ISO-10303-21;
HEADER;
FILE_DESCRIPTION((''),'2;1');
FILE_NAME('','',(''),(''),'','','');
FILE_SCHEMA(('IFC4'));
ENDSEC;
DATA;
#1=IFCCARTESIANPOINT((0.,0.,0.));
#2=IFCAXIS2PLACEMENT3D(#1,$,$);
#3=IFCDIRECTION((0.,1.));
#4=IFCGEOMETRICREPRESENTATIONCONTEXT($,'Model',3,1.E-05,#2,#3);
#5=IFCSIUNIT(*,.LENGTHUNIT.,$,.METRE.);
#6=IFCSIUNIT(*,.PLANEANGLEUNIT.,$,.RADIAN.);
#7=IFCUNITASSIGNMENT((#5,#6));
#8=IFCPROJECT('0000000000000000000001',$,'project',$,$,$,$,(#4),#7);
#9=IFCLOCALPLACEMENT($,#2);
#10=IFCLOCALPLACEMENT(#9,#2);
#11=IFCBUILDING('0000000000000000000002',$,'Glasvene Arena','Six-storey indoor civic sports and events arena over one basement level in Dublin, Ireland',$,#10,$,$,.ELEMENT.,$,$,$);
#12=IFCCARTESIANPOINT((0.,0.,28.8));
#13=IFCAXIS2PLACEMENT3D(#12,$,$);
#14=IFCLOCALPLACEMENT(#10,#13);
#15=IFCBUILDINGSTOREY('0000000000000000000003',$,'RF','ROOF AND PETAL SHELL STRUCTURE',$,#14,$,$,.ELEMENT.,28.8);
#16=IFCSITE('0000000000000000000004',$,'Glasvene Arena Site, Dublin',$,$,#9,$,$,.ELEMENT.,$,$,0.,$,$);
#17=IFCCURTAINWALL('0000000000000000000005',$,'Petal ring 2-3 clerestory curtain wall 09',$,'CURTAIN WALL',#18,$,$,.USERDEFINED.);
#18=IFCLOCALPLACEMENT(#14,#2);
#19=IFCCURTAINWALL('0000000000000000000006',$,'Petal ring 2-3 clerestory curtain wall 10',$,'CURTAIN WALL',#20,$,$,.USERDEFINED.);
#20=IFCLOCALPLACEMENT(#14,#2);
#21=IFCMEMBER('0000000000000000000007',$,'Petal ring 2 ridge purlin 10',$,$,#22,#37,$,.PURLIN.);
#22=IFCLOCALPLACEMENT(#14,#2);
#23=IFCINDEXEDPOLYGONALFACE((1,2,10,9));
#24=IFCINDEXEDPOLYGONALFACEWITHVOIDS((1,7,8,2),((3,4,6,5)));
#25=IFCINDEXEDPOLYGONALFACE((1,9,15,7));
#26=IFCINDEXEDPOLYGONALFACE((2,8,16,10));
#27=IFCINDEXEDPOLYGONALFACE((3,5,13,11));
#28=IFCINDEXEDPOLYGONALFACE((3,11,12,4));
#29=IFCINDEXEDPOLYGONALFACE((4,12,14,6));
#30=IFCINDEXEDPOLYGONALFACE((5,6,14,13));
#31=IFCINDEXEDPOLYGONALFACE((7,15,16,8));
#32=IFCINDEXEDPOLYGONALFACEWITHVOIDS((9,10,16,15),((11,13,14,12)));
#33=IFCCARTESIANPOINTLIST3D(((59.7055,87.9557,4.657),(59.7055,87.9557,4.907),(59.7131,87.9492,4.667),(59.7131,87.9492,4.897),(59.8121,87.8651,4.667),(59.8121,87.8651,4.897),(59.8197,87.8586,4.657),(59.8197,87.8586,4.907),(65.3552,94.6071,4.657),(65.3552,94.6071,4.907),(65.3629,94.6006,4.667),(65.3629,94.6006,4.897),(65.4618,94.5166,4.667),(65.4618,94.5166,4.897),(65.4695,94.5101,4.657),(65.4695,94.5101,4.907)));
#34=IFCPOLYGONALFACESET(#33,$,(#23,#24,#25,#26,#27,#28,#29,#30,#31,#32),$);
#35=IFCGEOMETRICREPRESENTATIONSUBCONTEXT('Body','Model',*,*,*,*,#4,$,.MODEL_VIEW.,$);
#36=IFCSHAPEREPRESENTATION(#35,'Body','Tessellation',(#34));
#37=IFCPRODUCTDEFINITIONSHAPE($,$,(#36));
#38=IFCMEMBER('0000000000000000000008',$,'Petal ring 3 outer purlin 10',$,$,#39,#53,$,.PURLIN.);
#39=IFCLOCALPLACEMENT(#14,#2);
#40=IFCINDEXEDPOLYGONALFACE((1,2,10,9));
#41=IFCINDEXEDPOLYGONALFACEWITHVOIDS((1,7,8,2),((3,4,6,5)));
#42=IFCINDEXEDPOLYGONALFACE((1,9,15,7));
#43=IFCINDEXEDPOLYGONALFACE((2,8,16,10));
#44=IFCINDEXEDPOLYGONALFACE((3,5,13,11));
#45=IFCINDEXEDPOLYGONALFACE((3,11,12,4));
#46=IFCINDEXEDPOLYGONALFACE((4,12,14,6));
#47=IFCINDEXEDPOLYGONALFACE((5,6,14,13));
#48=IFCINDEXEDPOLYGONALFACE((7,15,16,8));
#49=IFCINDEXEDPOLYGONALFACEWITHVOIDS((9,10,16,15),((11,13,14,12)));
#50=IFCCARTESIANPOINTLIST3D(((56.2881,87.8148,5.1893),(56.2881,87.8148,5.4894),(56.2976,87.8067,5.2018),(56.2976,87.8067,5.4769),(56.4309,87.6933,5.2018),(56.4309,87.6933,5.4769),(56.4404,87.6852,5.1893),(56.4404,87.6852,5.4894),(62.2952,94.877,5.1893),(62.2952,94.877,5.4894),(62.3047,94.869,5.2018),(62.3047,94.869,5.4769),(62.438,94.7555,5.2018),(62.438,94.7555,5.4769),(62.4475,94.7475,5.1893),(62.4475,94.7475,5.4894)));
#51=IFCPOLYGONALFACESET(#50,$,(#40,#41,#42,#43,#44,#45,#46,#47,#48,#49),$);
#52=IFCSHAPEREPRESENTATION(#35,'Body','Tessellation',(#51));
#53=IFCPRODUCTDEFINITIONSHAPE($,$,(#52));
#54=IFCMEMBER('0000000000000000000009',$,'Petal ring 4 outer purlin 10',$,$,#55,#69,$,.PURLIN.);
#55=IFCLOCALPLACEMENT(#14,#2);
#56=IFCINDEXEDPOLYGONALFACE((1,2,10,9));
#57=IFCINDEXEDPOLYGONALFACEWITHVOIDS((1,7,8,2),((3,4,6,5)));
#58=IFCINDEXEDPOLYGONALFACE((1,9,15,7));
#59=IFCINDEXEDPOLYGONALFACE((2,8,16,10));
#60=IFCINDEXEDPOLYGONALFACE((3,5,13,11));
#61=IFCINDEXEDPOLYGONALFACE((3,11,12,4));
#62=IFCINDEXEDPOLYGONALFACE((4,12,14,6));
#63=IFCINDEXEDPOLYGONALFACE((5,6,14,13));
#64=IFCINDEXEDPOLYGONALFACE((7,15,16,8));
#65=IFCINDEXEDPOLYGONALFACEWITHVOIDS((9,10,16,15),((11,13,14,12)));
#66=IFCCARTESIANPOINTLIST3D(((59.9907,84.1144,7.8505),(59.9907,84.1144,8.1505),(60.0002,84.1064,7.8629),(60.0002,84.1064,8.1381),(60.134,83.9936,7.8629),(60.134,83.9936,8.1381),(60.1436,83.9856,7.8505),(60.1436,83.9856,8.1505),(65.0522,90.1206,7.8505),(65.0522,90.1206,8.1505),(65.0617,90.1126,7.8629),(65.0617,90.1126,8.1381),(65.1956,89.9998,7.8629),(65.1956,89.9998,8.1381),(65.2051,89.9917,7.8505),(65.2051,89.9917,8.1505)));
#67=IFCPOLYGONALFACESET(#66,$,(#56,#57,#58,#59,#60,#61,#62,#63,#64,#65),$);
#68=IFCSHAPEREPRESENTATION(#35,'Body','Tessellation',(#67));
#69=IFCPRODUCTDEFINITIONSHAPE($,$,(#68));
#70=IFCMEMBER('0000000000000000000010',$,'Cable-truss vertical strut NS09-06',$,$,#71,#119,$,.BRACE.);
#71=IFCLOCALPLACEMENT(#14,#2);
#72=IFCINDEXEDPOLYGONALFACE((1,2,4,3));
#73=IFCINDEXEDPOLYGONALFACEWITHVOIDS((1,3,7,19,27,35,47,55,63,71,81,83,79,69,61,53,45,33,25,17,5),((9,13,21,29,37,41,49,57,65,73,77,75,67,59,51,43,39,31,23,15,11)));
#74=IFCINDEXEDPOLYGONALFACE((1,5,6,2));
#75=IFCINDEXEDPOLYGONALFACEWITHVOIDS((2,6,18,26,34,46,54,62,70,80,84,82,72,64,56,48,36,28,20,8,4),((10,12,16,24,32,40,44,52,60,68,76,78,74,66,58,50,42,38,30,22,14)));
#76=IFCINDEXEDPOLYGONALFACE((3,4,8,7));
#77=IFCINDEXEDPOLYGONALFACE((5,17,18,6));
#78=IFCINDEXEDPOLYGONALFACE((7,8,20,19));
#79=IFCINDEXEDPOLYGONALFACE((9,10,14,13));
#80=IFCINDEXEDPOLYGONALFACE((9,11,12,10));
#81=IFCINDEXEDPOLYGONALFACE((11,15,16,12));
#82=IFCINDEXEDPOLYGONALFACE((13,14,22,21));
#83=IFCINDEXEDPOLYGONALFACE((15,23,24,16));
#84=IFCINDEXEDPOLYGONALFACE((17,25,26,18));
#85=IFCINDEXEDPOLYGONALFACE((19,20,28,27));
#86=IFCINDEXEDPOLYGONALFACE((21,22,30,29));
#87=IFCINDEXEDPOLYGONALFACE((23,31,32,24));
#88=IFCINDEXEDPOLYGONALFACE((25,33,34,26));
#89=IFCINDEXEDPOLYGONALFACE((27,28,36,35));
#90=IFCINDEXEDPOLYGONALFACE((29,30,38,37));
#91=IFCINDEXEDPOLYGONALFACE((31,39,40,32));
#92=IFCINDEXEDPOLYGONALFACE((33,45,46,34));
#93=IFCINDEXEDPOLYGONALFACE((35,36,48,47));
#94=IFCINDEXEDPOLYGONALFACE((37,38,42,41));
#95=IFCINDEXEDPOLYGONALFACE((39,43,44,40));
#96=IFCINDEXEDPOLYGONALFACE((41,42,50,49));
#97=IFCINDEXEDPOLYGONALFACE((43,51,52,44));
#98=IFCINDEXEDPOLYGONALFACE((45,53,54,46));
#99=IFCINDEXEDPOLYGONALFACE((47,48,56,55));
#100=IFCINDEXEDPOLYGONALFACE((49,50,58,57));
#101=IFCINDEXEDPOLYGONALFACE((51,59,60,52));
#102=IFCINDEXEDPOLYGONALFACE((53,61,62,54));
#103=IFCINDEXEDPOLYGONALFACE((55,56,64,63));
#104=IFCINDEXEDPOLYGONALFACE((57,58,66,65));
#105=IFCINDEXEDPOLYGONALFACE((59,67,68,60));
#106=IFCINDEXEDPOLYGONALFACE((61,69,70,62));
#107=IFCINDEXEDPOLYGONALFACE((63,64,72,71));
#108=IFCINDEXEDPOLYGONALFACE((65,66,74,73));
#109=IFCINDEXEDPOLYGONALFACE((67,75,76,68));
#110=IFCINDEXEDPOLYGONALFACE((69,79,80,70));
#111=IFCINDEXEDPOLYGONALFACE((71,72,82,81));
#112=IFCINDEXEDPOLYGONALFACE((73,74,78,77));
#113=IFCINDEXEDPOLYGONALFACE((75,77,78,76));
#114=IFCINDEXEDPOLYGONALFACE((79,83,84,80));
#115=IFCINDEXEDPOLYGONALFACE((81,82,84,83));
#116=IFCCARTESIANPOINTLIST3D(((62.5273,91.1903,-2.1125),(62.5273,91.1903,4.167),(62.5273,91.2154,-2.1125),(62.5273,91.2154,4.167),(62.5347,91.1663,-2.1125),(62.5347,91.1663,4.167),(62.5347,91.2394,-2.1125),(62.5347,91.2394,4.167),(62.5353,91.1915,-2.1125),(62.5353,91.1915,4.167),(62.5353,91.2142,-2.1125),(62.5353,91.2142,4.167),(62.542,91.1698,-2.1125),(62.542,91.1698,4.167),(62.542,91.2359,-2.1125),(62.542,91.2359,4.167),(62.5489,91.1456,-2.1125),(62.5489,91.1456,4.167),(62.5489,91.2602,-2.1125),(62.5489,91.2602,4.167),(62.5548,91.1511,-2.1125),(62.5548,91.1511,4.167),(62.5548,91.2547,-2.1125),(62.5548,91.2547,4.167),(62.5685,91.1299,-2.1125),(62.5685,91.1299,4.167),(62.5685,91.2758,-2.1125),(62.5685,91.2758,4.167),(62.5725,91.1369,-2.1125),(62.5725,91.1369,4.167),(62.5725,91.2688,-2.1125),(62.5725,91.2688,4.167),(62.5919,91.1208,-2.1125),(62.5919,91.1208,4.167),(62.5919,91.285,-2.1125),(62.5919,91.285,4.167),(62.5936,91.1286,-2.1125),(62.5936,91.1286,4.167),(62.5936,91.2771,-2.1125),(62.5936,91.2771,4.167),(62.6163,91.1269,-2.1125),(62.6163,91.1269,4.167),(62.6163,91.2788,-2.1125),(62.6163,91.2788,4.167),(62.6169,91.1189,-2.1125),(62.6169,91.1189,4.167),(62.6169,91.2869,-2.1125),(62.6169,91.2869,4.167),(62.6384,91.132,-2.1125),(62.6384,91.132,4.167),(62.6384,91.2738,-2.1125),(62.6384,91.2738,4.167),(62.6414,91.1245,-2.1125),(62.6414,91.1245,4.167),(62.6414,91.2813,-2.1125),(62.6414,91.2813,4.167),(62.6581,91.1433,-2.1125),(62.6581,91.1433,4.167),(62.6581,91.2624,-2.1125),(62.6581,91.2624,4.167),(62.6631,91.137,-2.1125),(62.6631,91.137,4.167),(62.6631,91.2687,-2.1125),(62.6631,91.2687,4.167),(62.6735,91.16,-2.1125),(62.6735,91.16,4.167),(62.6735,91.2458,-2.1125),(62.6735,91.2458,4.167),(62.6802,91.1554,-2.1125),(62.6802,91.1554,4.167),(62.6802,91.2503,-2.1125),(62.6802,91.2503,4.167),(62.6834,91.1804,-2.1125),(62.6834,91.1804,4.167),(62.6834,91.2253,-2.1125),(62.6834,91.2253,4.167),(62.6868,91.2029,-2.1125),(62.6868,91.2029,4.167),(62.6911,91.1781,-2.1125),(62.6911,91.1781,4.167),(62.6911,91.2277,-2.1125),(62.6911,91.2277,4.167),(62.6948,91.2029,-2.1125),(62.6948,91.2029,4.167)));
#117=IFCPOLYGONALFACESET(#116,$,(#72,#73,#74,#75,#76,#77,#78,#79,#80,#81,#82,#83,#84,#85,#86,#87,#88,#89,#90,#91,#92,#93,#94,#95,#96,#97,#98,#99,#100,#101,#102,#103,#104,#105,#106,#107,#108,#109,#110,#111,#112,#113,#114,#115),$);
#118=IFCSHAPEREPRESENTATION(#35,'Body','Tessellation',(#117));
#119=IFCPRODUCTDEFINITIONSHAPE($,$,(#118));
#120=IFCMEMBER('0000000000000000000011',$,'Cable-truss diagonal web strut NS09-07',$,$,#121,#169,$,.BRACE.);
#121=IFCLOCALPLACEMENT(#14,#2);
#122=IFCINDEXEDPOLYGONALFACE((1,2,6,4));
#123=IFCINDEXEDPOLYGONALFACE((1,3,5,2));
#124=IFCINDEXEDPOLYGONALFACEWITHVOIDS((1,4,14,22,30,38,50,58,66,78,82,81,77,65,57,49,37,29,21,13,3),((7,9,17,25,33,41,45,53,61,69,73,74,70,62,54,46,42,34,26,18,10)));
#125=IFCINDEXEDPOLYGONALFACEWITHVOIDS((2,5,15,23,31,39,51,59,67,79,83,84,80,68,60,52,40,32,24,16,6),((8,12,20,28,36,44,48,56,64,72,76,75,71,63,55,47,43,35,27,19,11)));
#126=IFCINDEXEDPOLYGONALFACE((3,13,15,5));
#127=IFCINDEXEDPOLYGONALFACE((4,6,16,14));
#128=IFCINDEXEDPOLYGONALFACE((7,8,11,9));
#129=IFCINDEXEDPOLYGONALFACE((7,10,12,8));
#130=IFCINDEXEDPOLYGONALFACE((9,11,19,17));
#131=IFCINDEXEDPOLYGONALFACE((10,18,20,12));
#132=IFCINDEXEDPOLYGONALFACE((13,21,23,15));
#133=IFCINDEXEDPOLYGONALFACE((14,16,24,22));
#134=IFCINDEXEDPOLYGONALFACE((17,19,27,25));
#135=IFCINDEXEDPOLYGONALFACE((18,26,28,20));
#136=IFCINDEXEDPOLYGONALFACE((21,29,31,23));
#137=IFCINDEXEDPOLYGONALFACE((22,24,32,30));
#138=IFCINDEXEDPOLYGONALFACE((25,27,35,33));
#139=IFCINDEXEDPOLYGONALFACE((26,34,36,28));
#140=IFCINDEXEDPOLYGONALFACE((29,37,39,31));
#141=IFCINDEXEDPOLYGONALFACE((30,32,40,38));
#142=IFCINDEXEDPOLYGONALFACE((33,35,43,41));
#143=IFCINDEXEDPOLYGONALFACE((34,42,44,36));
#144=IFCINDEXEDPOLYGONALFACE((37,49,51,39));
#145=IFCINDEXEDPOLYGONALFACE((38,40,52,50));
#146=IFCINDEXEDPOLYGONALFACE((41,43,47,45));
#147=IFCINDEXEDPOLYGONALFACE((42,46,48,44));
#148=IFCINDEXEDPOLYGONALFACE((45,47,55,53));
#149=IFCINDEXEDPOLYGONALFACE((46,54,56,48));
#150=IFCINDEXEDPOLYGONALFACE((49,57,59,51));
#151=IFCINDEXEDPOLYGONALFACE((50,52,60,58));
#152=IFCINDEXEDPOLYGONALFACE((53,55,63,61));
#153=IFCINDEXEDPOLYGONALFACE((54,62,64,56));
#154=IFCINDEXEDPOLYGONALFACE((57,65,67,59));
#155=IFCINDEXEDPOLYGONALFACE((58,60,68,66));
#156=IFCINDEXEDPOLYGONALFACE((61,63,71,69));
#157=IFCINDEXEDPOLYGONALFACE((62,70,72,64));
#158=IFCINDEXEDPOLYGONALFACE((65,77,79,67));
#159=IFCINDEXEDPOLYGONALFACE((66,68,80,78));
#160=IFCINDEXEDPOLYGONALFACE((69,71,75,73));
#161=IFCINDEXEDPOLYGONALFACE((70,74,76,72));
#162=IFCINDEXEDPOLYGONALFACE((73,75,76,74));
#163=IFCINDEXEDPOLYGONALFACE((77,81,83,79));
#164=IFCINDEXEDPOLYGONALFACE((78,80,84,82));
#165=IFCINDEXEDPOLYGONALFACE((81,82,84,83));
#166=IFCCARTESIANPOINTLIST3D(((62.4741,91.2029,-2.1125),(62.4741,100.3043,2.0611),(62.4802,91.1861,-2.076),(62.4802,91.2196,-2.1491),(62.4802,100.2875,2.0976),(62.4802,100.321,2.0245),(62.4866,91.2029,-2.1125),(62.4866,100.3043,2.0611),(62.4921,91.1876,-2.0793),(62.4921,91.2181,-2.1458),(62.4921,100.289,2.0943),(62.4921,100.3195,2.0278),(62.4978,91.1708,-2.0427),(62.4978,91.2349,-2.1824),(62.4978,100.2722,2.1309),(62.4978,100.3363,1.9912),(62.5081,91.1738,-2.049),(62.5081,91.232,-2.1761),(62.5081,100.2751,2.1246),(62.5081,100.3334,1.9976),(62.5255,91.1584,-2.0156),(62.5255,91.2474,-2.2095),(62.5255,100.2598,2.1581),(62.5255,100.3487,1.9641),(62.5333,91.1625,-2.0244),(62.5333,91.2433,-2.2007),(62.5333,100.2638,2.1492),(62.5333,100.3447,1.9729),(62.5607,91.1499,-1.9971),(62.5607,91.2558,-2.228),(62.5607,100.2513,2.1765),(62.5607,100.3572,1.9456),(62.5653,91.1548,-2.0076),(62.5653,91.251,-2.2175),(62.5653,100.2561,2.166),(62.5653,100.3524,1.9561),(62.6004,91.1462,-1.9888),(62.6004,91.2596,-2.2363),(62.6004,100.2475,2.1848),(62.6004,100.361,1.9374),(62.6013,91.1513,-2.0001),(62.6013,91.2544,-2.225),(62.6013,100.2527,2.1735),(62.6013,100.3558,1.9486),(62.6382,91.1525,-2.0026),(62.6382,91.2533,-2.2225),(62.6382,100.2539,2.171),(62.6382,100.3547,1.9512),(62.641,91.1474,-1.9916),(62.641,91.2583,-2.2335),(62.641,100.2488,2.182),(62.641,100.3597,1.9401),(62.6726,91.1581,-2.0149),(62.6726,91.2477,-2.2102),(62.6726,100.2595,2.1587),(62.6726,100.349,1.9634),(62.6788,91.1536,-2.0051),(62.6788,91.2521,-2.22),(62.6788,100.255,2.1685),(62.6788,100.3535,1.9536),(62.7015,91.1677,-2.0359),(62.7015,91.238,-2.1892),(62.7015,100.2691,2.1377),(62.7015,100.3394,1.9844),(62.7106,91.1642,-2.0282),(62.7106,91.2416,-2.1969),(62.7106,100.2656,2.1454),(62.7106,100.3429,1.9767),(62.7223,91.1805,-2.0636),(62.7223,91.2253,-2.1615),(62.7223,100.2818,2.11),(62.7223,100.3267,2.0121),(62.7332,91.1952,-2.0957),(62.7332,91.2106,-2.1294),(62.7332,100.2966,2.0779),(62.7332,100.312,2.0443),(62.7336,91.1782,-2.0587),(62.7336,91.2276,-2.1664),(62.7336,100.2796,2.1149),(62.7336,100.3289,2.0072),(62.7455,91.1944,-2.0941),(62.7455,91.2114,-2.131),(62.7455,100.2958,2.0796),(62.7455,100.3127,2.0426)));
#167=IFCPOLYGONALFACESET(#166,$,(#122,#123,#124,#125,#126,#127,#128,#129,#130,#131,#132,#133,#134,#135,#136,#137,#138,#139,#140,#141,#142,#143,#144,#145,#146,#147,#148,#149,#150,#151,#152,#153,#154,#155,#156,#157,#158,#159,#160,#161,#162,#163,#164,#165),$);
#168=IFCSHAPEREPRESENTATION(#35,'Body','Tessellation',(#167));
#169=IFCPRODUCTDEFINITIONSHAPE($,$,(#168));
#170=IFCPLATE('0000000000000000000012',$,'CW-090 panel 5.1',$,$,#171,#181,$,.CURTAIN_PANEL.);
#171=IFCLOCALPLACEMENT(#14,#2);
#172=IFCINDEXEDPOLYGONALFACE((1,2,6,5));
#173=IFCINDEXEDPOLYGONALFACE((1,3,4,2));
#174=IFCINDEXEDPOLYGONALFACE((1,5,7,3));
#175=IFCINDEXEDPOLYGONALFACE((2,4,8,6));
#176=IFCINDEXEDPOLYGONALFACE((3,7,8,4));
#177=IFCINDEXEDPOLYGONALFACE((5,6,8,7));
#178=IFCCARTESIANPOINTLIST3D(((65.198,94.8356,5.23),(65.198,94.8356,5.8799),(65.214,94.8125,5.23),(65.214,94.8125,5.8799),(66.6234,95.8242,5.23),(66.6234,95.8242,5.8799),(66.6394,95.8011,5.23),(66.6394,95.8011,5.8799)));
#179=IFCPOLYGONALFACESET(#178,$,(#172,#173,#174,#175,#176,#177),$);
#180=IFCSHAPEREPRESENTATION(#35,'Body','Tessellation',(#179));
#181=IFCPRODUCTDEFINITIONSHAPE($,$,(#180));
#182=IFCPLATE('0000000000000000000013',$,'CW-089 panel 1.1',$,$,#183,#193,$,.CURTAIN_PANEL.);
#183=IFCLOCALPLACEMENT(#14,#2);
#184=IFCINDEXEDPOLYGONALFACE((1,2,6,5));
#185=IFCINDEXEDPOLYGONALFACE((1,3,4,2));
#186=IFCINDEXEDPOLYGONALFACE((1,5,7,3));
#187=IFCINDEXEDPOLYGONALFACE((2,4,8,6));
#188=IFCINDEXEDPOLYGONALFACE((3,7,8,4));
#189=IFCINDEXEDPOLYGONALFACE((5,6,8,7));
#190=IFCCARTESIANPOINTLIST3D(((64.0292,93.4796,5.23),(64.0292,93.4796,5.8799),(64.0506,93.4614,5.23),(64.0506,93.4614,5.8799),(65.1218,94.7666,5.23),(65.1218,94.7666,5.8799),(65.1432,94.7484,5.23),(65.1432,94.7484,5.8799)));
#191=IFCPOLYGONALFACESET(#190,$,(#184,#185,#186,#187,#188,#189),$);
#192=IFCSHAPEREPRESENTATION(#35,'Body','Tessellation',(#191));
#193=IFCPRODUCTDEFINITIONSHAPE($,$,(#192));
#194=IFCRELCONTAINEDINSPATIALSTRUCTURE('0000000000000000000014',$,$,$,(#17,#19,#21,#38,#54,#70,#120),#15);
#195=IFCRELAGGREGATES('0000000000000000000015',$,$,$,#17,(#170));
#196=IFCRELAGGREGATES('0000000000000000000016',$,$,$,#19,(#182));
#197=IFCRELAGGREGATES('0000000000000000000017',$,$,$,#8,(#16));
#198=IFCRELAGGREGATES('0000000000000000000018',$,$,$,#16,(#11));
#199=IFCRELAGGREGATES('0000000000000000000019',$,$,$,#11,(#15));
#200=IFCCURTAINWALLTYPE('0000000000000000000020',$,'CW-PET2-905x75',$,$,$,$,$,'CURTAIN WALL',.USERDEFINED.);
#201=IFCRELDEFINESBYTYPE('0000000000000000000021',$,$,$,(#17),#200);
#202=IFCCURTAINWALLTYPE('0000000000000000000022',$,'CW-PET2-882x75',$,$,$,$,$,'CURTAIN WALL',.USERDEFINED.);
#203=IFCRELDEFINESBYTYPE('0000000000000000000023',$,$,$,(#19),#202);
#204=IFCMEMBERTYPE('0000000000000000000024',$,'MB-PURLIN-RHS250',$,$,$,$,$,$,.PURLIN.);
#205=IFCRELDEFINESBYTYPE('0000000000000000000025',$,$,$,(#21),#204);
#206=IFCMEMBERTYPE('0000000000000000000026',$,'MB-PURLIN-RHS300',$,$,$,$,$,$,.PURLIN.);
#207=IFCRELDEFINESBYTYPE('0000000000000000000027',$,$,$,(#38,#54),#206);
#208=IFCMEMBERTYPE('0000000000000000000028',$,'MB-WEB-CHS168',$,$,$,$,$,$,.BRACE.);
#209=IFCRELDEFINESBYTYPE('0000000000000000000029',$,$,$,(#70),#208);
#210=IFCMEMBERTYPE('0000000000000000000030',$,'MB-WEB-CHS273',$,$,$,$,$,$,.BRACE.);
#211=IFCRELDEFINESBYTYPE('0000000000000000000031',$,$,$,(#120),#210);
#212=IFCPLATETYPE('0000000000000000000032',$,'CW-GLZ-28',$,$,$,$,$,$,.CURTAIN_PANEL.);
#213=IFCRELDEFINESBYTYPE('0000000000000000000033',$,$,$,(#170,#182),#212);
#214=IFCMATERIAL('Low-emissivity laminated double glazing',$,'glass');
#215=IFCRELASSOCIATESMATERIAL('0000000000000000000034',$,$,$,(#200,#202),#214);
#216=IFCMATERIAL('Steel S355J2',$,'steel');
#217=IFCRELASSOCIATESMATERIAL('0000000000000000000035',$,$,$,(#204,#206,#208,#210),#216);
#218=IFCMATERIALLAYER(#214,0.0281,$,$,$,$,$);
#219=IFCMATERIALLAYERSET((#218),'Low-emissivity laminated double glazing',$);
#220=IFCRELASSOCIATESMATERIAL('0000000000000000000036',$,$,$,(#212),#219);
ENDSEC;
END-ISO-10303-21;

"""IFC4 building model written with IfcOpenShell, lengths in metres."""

from ifc_helpers import new_model, si_unit, direction, frame, origin, origin_2d, place, context, subcontext, project, spatial, rectangle, hollow_rectangle, hollow_circle, extrude, material, layer, layer_set, material_profile, profile_set, type_object, element, aggregate, save


model = new_model("IFC4")

# Units and contexts
model_context = context("Model", 3, precision=1e-05, world=origin(), true_north=direction((0.0, 1.0)))
body_context = subcontext(model_context, "Body", "Model", "MODEL_VIEW")
ifc_project = project(units=[si_unit("LENGTHUNIT", "METRE"), si_unit("PLANEANGLEUNIT", "RADIAN")], contexts=[model_context])

# Site, building, storey
site_placement = place(None, origin())
site = spatial("IfcSite", under=ifc_project, at=site_placement, Name="Glasvene Arena Site, Dublin", CompositionType="ELEMENT", RefElevation=0.0)
building_placement = place(site_placement, origin())
building = spatial("IfcBuilding", under=site, at=building_placement, Name="Glasvene Arena", Description="Six-storey indoor civic sports and events arena over one basement level in Dublin, Ireland", CompositionType="ELEMENT")
storey_placement = place(building_placement, frame((0.0, 0.0, 28.8)))
storey = spatial("IfcBuildingStorey", under=building, at=storey_placement, Name="RF", Description="ROOF AND PETAL SHELL STRUCTURE", CompositionType="ELEMENT", Elevation=28.8)

# Curtain wall
ifc_material_1 = material(Name="Low-emissivity laminated double glazing", Category="glass")
curtain_wall_type_1 = type_object("IfcCurtainWallType", Name="CW-PET2-905x75", ElementType="CURTAIN WALL", PredefinedType="USERDEFINED", material=ifc_material_1)
curtain_wall_1_placement = place(storey_placement, frame((72.6001, 99.9524, 0.0)))
curtain_wall_1 = element("IfcCurtainWall", 1, at=curtain_wall_1_placement, inside=storey, type_object=curtain_wall_type_1, Name="Petal ring 2-3 clerestory curtain wall 09", ObjectType="CURTAIN WALL", PredefinedType="USERDEFINED")

# Curtain wall
curtain_wall_type_2 = type_object("IfcCurtainWallType", Name="CW-PET2-882x75", ElementType="CURTAIN WALL", PredefinedType="USERDEFINED", material=ifc_material_1)
curtain_wall_2_placement = place(storey_placement, frame((65.1648, 94.7957, 0.0)))
curtain_wall_2 = element("IfcCurtainWall", 2, at=curtain_wall_2_placement, inside=storey, type_object=curtain_wall_type_2, Name="Petal ring 2-3 clerestory curtain wall 10", ObjectType="CURTAIN WALL", PredefinedType="USERDEFINED")

# Members
ifc_material_2 = material(Name="Steel S355J2", Category="steel")
ifc_material_profile_1 = material_profile(ifc_material_2, hollow_rectangle(XDim=0.1499, YDim=0.25, WallThickness=0.01, at=origin_2d()), Name="RHS 250x150x10.0")
ifc_profile_set_1 = profile_set([ifc_material_profile_1], Name="Steel S355J2")
member_type_1 = type_object("IfcMemberType", Name="MB-PURLIN-RHS250", PredefinedType="PURLIN", material=ifc_profile_set_1)
member_1_placement = place(storey_placement, frame((65.4124, 94.5586, 4.782), z_axis=(-0.647382, -0.762166, 0.0), x_axis=(0.762166, -0.647382, 0.0)))
element("IfcMember", 3, at=member_1_placement, inside=storey, type_object=member_type_1, Name="Petal ring 2 ridge purlin 10", PredefinedType="PURLIN", context=body_context, shape_type="SweptSolid", body=[
    extrude(hollow_rectangle(XDim=0.1499, YDim=0.25, WallThickness=0.01, at=origin_2d()), origin(), (0.0, 0.0, 1.0), 8.7271),
])
ifc_material_profile_2 = material_profile(ifc_material_2, hollow_rectangle(XDim=0.2, YDim=0.3, WallThickness=0.0125, at=origin_2d()), Name="RHS 300x200x12.5")
ifc_profile_set_2 = profile_set([ifc_material_profile_2], Name="Steel S355J2")
member_type_2 = type_object("IfcMemberType", Name="MB-PURLIN-RHS300", PredefinedType="PURLIN", material=ifc_profile_set_2)
member_2_placement = place(storey_placement, frame((62.3713, 94.8123, 5.3394), z_axis=(-0.647909, -0.761718, 0.0), x_axis=(0.761718, -0.647909, 0.0)))
element("IfcMember", 4, at=member_2_placement, inside=storey, type_object=member_type_2, Name="Petal ring 3 outer purlin 10", PredefinedType="PURLIN", context=body_context, shape_type="SweptSolid", body=[
    extrude(hollow_rectangle(XDim=0.2, YDim=0.3, WallThickness=0.0125, at=origin_2d()), origin(), (0.0, 0.0, 1.0), 9.2715),
])
member_3_placement = place(storey_placement, frame((65.1287, 90.0562, 8.0005), z_axis=(-0.644415, -0.764676, 0.0), x_axis=(0.764676, -0.644415, 0.0)))
element("IfcMember", 5, at=member_3_placement, inside=storey, type_object=member_type_2, Name="Petal ring 4 outer purlin 10", PredefinedType="PURLIN", context=body_context, shape_type="SweptSolid", body=[
    extrude(hollow_rectangle(XDim=0.2, YDim=0.3, WallThickness=0.0125, at=origin_2d()), origin(), (0.0, 0.0, 1.0), 7.8545),
])
ifc_material_profile_3 = material_profile(ifc_material_2, hollow_circle(Radius=0.0842, WallThickness=0.0081, at=origin_2d()), Name="CHS 168.3x8.0")
ifc_profile_set_3 = profile_set([ifc_material_profile_3], Name="Steel S355J2")
member_type_3 = type_object("IfcMemberType", Name="MB-WEB-CHS168", PredefinedType="BRACE", material=ifc_profile_set_3)
member_4_placement = place(storey_placement, frame((62.6106, 91.2029, -2.1125), z_axis=(0.0, 0.0, 1.0), x_axis=(1.0, 0.0, 0.0)))
element("IfcMember", 6, at=member_4_placement, inside=storey, type_object=member_type_3, Name="Cable-truss vertical strut NS09-06", PredefinedType="BRACE", context=body_context, shape_type="SweptSolid", body=[
    extrude(hollow_circle(Radius=0.0842, WallThickness=0.0081, at=origin_2d()), origin(), (0.0, 0.0, 1.0), 6.2795),
])
ifc_material_profile_4 = material_profile(ifc_material_2, hollow_circle(Radius=0.1365, WallThickness=0.0125, at=origin_2d()), Name="CHS 273.0x12.5")
ifc_profile_set_4 = profile_set([ifc_material_profile_4], Name="Steel S355J2")
member_type_4 = type_object("IfcMemberType", Name="MB-WEB-CHS273", PredefinedType="BRACE", material=ifc_profile_set_4)
member_5_placement = place(storey_placement, frame((62.6106, 91.2029, -2.1125), z_axis=(0.0, 0.908984, 0.416832), x_axis=(-1.0, 0.0, 0.0)))
element("IfcMember", 7, at=member_5_placement, inside=storey, type_object=member_type_4, Name="Cable-truss diagonal web strut NS09-07", PredefinedType="BRACE", context=body_context, shape_type="SweptSolid", body=[
    extrude(hollow_circle(Radius=0.1365, WallThickness=0.0125, at=origin_2d()), origin(), (0.0, 0.0, 1.0), 10.0127),
])

# Plates
ifc_layer_1 = layer(ifc_material_1, 0.0281)
ifc_layer_set_1 = layer_set([ifc_layer_1], Name="Low-emissivity laminated double glazing")
plate_type_1 = type_object("IfcPlateType", Name="CW-GLZ-28", PredefinedType="CURTAIN_PANEL", material=ifc_layer_set_1)
plate_1_placement = place(storey_placement, frame((65.9187, 95.3184, 5.23), z_axis=(0.0, 0.0, 1.0), x_axis=(-0.821699, -0.569921, 0.0)))
plate_1 = element("IfcPlate", 8, at=plate_1_placement, type_object=plate_type_1, Name="CW-090 panel 5.1", PredefinedType="CURTAIN_PANEL", context=body_context, shape_type="SweptSolid", body=[
    extrude(rectangle(XDim=1.7346, YDim=0.0281, at=origin_2d()), origin(), (0.0, 0.0, 1.0), 0.6499),
])
aggregate(curtain_wall_1, [plate_1])
plate_2_placement = place(storey_placement, frame((64.5862, 94.114, 5.23), z_axis=(0.0, 0.0, 1.0), x_axis=(-0.647167, -0.762348, 0.0)))
plate_2 = element("IfcPlate", 9, at=plate_2_placement, type_object=plate_type_1, Name="CW-089 panel 1.1", PredefinedType="CURTAIN_PANEL", context=body_context, shape_type="SweptSolid", body=[
    extrude(rectangle(XDim=1.6882, YDim=0.0281, at=origin_2d()), origin(), (0.0, 0.0, 1.0), 0.6499),
])
aggregate(curtain_wall_2, [plate_2])

save(model, "model.ifc")
